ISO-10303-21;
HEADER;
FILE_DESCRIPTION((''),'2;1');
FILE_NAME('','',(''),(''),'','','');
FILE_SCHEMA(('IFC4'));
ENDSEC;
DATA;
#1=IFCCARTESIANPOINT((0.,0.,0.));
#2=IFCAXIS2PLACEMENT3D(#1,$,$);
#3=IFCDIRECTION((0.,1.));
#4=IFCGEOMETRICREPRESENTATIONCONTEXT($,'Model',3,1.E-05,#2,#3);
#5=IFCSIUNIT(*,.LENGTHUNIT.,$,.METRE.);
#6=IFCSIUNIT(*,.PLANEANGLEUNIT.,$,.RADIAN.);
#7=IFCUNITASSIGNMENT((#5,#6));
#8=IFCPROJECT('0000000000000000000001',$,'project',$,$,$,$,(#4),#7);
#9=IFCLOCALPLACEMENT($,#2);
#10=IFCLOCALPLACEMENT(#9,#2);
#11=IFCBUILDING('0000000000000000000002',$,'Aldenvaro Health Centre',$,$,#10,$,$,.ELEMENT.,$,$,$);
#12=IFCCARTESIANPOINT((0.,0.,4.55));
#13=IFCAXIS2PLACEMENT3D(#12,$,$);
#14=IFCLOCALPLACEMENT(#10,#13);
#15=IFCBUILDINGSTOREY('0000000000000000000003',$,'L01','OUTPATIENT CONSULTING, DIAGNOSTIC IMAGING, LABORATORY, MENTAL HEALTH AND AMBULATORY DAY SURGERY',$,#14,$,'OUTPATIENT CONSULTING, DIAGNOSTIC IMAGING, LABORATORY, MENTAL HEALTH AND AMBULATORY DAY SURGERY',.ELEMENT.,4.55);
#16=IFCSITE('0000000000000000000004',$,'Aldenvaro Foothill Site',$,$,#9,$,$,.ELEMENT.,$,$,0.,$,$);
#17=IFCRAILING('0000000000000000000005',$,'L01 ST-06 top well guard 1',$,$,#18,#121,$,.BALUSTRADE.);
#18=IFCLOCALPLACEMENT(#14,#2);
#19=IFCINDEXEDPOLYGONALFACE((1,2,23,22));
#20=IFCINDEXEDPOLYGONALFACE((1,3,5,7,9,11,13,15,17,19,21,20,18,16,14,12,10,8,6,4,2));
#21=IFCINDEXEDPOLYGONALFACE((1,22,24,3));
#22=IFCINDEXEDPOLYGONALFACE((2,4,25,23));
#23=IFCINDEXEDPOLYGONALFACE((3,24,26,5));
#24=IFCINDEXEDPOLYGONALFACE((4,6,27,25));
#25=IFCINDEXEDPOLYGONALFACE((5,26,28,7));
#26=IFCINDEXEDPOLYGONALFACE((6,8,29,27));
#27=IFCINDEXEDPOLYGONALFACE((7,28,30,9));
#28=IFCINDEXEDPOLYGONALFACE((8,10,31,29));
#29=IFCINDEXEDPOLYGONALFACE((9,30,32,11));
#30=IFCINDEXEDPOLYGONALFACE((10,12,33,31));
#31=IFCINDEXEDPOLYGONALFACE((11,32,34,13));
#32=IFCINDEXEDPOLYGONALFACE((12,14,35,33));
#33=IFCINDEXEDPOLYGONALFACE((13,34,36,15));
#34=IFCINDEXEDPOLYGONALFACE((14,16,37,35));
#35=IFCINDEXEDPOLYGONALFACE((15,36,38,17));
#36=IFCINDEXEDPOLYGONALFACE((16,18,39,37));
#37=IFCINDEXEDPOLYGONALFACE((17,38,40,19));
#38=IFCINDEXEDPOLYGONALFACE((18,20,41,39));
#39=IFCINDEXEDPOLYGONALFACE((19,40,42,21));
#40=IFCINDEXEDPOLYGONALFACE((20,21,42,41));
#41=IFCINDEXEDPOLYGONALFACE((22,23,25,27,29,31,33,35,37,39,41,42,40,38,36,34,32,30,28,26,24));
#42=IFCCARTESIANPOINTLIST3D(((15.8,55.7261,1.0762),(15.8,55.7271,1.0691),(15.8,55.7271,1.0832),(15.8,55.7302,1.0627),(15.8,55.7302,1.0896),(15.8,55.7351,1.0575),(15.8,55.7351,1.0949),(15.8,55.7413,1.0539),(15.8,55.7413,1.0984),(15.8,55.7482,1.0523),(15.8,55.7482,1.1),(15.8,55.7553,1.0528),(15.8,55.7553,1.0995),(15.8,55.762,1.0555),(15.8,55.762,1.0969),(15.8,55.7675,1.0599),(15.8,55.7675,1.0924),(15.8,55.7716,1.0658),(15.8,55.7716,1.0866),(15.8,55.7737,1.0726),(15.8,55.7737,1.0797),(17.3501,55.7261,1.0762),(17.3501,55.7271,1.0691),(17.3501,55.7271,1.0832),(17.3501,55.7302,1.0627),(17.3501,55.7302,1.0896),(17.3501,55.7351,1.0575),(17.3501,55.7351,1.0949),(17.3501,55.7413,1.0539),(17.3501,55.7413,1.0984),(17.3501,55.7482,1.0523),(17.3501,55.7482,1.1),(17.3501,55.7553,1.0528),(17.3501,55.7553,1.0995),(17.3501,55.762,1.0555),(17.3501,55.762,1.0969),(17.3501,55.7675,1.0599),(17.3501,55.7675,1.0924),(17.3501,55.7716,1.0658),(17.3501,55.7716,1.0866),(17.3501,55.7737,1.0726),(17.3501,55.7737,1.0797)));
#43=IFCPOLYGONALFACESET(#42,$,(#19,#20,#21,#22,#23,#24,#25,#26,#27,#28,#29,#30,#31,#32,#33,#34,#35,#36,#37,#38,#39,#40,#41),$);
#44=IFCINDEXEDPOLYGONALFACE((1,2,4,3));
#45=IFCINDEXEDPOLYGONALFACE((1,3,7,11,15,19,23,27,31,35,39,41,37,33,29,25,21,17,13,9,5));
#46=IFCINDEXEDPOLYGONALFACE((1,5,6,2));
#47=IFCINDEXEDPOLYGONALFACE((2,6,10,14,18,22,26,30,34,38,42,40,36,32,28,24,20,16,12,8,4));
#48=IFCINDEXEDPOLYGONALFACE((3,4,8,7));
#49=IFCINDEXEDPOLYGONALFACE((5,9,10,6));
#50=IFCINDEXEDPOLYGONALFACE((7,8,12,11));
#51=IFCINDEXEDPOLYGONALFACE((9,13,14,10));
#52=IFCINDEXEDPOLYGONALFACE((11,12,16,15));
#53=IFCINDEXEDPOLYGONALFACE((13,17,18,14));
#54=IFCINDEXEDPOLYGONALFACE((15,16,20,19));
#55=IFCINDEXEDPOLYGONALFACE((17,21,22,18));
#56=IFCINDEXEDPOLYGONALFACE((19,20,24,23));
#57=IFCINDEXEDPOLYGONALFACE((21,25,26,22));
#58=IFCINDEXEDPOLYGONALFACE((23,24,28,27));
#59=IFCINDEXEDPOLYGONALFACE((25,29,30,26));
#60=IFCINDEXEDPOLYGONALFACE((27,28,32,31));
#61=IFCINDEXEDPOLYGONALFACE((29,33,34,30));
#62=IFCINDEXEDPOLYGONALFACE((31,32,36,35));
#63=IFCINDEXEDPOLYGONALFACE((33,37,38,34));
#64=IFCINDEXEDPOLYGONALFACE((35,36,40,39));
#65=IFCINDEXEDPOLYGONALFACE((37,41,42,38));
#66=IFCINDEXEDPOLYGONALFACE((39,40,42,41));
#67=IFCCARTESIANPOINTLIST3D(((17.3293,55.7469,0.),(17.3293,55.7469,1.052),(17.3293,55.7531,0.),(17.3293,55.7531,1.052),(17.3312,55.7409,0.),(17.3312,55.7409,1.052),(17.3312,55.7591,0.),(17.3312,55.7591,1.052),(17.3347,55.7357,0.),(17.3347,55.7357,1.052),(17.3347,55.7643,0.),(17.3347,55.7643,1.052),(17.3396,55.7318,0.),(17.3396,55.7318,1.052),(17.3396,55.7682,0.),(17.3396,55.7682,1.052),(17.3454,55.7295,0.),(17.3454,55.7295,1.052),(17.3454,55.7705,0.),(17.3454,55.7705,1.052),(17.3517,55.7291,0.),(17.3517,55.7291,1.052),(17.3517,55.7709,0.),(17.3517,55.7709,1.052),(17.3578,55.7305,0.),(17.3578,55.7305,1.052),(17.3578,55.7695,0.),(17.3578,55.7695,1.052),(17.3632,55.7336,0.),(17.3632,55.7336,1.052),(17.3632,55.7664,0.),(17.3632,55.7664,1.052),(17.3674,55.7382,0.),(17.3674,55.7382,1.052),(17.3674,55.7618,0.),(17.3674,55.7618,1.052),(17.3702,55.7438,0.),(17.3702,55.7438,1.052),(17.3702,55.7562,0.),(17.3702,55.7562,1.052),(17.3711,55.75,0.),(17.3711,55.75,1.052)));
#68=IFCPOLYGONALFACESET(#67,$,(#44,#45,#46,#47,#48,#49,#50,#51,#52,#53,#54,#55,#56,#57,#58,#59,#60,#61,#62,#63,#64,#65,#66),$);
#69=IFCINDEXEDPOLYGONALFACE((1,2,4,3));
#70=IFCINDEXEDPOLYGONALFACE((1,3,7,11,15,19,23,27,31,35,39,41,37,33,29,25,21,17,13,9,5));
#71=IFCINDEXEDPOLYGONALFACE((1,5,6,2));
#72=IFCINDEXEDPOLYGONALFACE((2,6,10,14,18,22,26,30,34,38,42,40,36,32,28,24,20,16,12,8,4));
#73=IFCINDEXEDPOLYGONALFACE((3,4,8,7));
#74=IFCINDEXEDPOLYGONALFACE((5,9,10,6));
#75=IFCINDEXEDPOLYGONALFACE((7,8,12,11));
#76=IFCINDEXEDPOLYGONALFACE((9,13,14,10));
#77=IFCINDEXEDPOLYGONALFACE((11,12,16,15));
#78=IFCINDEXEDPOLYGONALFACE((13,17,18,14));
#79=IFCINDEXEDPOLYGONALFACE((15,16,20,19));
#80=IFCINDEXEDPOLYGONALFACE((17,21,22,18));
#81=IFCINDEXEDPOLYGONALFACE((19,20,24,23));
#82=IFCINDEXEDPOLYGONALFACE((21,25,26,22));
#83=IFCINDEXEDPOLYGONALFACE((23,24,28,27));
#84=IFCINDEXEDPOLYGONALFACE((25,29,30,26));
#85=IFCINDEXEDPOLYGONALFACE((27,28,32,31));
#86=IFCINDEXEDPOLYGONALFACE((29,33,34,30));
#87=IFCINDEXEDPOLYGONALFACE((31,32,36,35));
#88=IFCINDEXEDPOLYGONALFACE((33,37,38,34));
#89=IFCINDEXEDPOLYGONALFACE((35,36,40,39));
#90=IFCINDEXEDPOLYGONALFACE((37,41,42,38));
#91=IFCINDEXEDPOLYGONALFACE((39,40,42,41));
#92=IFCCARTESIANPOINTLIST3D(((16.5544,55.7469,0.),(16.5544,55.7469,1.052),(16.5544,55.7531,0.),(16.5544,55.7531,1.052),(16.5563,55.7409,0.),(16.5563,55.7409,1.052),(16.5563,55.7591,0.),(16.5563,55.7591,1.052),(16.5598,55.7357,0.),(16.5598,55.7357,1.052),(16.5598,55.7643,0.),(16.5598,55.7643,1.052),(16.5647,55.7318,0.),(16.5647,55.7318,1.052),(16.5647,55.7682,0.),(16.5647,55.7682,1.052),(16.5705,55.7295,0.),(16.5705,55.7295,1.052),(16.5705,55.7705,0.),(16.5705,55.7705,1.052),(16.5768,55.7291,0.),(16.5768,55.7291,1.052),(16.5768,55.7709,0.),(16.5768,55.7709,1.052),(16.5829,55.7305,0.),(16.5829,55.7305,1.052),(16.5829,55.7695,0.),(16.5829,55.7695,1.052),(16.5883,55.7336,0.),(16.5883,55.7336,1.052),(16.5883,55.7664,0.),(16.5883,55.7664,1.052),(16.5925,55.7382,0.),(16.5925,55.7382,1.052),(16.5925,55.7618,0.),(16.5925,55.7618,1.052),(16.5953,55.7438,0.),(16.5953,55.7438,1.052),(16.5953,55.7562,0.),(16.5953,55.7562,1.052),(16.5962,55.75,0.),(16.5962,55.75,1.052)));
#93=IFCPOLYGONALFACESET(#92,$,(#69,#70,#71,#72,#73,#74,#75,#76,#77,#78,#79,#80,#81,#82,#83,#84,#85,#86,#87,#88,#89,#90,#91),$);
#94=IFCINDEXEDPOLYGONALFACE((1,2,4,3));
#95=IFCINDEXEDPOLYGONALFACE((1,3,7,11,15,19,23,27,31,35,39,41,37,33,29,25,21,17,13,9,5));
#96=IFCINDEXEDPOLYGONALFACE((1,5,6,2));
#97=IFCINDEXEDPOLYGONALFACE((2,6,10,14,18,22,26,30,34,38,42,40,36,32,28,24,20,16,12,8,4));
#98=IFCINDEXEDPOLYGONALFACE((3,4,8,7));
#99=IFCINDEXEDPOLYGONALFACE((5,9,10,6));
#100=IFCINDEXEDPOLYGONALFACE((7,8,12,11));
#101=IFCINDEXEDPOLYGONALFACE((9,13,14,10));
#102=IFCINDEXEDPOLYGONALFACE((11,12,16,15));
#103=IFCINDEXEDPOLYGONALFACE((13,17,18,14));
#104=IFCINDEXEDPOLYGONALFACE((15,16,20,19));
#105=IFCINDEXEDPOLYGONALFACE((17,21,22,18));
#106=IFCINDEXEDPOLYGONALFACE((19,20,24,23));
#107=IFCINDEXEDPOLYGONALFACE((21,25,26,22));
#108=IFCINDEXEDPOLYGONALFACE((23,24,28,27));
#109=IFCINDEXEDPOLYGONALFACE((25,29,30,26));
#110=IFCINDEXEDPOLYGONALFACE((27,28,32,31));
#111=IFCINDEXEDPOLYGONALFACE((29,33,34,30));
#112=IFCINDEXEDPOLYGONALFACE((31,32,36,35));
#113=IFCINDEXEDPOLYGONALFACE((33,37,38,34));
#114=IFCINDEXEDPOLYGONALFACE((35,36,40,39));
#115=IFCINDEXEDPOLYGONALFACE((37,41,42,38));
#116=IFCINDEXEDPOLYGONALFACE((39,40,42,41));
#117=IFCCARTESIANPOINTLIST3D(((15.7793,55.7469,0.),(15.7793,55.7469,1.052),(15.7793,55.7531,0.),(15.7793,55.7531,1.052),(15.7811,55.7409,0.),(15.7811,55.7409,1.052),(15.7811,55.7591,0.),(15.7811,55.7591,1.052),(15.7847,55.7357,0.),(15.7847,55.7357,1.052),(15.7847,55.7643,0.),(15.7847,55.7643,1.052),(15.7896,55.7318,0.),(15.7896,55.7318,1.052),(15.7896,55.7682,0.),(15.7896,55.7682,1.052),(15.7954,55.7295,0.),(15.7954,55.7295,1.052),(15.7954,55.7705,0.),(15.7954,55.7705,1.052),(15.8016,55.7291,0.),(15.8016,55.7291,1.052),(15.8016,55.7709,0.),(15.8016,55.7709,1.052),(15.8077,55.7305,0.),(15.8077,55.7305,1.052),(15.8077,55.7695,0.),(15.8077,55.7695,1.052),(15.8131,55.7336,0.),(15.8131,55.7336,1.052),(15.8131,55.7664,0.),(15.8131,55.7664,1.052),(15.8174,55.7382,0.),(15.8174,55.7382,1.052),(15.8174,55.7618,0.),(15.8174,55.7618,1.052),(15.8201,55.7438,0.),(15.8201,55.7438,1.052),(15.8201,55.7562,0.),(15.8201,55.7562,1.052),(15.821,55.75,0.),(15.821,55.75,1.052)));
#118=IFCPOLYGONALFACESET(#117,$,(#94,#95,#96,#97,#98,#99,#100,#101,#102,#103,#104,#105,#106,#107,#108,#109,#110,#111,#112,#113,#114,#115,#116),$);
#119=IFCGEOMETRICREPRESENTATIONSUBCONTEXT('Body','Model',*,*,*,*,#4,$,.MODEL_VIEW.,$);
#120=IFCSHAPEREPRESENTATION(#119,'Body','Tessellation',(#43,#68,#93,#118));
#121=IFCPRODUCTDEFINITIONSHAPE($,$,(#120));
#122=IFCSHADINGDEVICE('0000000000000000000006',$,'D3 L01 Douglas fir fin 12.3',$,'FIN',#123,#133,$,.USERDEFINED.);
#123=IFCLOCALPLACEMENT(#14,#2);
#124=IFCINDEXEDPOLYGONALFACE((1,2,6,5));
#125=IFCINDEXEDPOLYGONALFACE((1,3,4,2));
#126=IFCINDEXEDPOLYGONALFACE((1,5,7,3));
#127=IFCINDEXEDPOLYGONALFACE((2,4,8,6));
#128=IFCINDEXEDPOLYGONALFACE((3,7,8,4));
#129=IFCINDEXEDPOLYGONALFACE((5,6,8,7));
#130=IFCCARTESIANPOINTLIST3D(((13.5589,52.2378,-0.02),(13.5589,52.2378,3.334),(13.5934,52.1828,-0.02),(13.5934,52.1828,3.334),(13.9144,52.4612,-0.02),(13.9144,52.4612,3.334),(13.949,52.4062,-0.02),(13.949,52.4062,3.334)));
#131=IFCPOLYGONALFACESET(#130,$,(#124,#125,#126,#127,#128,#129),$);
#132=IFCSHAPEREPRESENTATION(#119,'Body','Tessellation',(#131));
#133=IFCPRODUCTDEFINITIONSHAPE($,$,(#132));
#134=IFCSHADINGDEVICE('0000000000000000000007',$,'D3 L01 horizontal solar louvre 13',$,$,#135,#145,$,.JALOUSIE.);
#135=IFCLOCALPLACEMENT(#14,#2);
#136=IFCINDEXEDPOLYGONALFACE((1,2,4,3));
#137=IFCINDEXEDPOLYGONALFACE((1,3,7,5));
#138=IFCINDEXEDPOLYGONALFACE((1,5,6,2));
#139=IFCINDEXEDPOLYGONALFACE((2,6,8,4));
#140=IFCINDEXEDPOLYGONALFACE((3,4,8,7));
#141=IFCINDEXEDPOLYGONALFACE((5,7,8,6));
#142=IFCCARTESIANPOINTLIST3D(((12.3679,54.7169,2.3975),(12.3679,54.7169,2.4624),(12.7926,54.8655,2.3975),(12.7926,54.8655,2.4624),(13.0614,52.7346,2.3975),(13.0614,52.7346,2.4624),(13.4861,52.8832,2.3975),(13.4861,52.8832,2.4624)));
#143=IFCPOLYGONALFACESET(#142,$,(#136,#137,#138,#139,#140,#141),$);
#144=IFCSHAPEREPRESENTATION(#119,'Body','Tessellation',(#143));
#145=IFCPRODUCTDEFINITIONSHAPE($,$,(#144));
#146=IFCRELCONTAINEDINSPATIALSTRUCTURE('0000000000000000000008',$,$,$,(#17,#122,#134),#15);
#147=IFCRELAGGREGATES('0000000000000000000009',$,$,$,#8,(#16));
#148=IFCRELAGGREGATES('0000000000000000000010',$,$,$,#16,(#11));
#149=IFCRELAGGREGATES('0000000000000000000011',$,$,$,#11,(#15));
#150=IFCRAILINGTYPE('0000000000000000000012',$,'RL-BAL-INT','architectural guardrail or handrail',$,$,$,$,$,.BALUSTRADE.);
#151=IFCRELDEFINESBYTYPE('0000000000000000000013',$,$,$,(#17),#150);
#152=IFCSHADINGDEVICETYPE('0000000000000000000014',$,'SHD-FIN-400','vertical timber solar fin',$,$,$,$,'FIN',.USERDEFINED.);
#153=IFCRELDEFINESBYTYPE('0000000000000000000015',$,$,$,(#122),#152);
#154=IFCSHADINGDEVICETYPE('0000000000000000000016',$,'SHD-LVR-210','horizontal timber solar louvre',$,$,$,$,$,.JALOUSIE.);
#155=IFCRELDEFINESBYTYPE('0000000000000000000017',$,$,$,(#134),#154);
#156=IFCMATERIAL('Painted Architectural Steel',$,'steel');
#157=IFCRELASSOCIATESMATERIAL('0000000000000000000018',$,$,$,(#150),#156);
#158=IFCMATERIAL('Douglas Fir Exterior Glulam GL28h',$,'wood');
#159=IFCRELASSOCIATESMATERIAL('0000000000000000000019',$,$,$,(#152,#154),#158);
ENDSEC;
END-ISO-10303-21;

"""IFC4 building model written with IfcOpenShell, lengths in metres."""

from ifc_helpers import new_model, si_unit, direction, frame, origin, origin_2d, place, context, subcontext, project, spatial, rectangle, circle, extrude, material, type_object, element, save


model = new_model("IFC4")

# Units and contexts
model_context = context("Model", 3, precision=1e-05, world=origin(), true_north=direction((0.0, 1.0)))
body_context = subcontext(model_context, "Body", "Model", "MODEL_VIEW")
ifc_project = project(units=[si_unit("LENGTHUNIT", "METRE"), si_unit("PLANEANGLEUNIT", "RADIAN")], contexts=[model_context])

# Site, building, storey
site_placement = place(None, origin())
site = spatial("IfcSite", under=ifc_project, at=site_placement, Name="Aldenvaro Foothill Site", CompositionType="ELEMENT", RefElevation=0.0)
building_placement = place(site_placement, origin())
building = spatial("IfcBuilding", under=site, at=building_placement, Name="Aldenvaro Health Centre", CompositionType="ELEMENT")
storey_placement = place(building_placement, frame((0.0, 0.0, 4.55)))
storey = spatial("IfcBuildingStorey", under=building, at=storey_placement, Name="L01", Description="OUTPATIENT CONSULTING, DIAGNOSTIC IMAGING, LABORATORY, MENTAL HEALTH AND AMBULATORY DAY SURGERY", LongName="OUTPATIENT CONSULTING, DIAGNOSTIC IMAGING, LABORATORY, MENTAL HEALTH AND AMBULATORY DAY SURGERY", CompositionType="ELEMENT", Elevation=4.55)

# Railing
ifc_material_1 = material(Name="Painted Architectural Steel", Category="steel")
railing_type = type_object("IfcRailingType", Name="RL-BAL-INT", Description="architectural guardrail or handrail", PredefinedType="BALUSTRADE", material=ifc_material_1)
railing_placement = place(storey_placement, frame((17.3501, 55.75, 0.0)))
element("IfcRailing", 1, at=railing_placement, inside=storey, type_object=railing_type, Name="L01 ST-06 top well guard 1", PredefinedType="BALUSTRADE", context=body_context, shape_type="SweptSolid", body=[
    extrude(circle(Radius=0.0239, at=origin_2d()), frame((0.0, 0.0, 1.0762), z_axis=(-1.0, 0.0, 0.0), x_axis=(0.0, -1.0, 0.0)), (0.0, 0.0, 1.0), 1.55),
    extrude(circle(Radius=0.021, at=origin_2d()), origin(), (0.0, 0.0, 1.0), 1.052),
    extrude(circle(Radius=0.021, at=origin_2d()), frame((-0.7749, 0.0, 0.0)), (0.0, 0.0, 1.0), 1.052),
    extrude(circle(Radius=0.021, at=origin_2d()), frame((-1.55, 0.0, 0.0)), (0.0, 0.0, 1.0), 1.052),
])

# Shading devices
ifc_material_2 = material(Name="Douglas Fir Exterior Glulam GL28h", Category="wood")
shading_device_type_1 = type_object("IfcShadingDeviceType", Name="SHD-FIN-400", Description="vertical timber solar fin", ElementType="FIN", PredefinedType="USERDEFINED", material=ifc_material_2)
shading_device_1_placement = place(storey_placement, frame((13.7539, 52.322, -0.02), z_axis=(0.0, 0.0, 1.0), x_axis=(-0.532096, 0.846684, 0.0)))
element("IfcShadingDevice", 2, at=shading_device_1_placement, inside=storey, type_object=shading_device_type_1, Name="D3 L01 Douglas fir fin 12.3", ObjectType="FIN", PredefinedType="USERDEFINED", context=body_context, shape_type="SweptSolid", body=[
    extrude(rectangle(XDim=0.0649, YDim=0.4199, at=origin_2d()), origin(), (0.0, 0.0, 1.0), 3.354),
])
shading_device_type_2 = type_object("IfcShadingDeviceType", Name="SHD-LVR-210", Description="horizontal timber solar louvre", PredefinedType="JALOUSIE", material=ifc_material_2)
shading_device_2_placement = place(storey_placement, frame((12.927, 53.8, 2.3975), z_axis=(0.0, 0.0, 1.0), x_axis=(-0.330204, 0.943909, 0.0)))
element("IfcShadingDevice", 3, at=shading_device_2_placement, inside=storey, type_object=shading_device_type_2, Name="D3 L01 horizontal solar louvre 13", PredefinedType="JALOUSIE", context=body_context, shape_type="SweptSolid", body=[
    extrude(rectangle(XDim=2.1001, YDim=0.45, at=origin_2d()), origin(), (0.0, 0.0, 1.0), 0.0649),
])

save(model, "model.ifc")
